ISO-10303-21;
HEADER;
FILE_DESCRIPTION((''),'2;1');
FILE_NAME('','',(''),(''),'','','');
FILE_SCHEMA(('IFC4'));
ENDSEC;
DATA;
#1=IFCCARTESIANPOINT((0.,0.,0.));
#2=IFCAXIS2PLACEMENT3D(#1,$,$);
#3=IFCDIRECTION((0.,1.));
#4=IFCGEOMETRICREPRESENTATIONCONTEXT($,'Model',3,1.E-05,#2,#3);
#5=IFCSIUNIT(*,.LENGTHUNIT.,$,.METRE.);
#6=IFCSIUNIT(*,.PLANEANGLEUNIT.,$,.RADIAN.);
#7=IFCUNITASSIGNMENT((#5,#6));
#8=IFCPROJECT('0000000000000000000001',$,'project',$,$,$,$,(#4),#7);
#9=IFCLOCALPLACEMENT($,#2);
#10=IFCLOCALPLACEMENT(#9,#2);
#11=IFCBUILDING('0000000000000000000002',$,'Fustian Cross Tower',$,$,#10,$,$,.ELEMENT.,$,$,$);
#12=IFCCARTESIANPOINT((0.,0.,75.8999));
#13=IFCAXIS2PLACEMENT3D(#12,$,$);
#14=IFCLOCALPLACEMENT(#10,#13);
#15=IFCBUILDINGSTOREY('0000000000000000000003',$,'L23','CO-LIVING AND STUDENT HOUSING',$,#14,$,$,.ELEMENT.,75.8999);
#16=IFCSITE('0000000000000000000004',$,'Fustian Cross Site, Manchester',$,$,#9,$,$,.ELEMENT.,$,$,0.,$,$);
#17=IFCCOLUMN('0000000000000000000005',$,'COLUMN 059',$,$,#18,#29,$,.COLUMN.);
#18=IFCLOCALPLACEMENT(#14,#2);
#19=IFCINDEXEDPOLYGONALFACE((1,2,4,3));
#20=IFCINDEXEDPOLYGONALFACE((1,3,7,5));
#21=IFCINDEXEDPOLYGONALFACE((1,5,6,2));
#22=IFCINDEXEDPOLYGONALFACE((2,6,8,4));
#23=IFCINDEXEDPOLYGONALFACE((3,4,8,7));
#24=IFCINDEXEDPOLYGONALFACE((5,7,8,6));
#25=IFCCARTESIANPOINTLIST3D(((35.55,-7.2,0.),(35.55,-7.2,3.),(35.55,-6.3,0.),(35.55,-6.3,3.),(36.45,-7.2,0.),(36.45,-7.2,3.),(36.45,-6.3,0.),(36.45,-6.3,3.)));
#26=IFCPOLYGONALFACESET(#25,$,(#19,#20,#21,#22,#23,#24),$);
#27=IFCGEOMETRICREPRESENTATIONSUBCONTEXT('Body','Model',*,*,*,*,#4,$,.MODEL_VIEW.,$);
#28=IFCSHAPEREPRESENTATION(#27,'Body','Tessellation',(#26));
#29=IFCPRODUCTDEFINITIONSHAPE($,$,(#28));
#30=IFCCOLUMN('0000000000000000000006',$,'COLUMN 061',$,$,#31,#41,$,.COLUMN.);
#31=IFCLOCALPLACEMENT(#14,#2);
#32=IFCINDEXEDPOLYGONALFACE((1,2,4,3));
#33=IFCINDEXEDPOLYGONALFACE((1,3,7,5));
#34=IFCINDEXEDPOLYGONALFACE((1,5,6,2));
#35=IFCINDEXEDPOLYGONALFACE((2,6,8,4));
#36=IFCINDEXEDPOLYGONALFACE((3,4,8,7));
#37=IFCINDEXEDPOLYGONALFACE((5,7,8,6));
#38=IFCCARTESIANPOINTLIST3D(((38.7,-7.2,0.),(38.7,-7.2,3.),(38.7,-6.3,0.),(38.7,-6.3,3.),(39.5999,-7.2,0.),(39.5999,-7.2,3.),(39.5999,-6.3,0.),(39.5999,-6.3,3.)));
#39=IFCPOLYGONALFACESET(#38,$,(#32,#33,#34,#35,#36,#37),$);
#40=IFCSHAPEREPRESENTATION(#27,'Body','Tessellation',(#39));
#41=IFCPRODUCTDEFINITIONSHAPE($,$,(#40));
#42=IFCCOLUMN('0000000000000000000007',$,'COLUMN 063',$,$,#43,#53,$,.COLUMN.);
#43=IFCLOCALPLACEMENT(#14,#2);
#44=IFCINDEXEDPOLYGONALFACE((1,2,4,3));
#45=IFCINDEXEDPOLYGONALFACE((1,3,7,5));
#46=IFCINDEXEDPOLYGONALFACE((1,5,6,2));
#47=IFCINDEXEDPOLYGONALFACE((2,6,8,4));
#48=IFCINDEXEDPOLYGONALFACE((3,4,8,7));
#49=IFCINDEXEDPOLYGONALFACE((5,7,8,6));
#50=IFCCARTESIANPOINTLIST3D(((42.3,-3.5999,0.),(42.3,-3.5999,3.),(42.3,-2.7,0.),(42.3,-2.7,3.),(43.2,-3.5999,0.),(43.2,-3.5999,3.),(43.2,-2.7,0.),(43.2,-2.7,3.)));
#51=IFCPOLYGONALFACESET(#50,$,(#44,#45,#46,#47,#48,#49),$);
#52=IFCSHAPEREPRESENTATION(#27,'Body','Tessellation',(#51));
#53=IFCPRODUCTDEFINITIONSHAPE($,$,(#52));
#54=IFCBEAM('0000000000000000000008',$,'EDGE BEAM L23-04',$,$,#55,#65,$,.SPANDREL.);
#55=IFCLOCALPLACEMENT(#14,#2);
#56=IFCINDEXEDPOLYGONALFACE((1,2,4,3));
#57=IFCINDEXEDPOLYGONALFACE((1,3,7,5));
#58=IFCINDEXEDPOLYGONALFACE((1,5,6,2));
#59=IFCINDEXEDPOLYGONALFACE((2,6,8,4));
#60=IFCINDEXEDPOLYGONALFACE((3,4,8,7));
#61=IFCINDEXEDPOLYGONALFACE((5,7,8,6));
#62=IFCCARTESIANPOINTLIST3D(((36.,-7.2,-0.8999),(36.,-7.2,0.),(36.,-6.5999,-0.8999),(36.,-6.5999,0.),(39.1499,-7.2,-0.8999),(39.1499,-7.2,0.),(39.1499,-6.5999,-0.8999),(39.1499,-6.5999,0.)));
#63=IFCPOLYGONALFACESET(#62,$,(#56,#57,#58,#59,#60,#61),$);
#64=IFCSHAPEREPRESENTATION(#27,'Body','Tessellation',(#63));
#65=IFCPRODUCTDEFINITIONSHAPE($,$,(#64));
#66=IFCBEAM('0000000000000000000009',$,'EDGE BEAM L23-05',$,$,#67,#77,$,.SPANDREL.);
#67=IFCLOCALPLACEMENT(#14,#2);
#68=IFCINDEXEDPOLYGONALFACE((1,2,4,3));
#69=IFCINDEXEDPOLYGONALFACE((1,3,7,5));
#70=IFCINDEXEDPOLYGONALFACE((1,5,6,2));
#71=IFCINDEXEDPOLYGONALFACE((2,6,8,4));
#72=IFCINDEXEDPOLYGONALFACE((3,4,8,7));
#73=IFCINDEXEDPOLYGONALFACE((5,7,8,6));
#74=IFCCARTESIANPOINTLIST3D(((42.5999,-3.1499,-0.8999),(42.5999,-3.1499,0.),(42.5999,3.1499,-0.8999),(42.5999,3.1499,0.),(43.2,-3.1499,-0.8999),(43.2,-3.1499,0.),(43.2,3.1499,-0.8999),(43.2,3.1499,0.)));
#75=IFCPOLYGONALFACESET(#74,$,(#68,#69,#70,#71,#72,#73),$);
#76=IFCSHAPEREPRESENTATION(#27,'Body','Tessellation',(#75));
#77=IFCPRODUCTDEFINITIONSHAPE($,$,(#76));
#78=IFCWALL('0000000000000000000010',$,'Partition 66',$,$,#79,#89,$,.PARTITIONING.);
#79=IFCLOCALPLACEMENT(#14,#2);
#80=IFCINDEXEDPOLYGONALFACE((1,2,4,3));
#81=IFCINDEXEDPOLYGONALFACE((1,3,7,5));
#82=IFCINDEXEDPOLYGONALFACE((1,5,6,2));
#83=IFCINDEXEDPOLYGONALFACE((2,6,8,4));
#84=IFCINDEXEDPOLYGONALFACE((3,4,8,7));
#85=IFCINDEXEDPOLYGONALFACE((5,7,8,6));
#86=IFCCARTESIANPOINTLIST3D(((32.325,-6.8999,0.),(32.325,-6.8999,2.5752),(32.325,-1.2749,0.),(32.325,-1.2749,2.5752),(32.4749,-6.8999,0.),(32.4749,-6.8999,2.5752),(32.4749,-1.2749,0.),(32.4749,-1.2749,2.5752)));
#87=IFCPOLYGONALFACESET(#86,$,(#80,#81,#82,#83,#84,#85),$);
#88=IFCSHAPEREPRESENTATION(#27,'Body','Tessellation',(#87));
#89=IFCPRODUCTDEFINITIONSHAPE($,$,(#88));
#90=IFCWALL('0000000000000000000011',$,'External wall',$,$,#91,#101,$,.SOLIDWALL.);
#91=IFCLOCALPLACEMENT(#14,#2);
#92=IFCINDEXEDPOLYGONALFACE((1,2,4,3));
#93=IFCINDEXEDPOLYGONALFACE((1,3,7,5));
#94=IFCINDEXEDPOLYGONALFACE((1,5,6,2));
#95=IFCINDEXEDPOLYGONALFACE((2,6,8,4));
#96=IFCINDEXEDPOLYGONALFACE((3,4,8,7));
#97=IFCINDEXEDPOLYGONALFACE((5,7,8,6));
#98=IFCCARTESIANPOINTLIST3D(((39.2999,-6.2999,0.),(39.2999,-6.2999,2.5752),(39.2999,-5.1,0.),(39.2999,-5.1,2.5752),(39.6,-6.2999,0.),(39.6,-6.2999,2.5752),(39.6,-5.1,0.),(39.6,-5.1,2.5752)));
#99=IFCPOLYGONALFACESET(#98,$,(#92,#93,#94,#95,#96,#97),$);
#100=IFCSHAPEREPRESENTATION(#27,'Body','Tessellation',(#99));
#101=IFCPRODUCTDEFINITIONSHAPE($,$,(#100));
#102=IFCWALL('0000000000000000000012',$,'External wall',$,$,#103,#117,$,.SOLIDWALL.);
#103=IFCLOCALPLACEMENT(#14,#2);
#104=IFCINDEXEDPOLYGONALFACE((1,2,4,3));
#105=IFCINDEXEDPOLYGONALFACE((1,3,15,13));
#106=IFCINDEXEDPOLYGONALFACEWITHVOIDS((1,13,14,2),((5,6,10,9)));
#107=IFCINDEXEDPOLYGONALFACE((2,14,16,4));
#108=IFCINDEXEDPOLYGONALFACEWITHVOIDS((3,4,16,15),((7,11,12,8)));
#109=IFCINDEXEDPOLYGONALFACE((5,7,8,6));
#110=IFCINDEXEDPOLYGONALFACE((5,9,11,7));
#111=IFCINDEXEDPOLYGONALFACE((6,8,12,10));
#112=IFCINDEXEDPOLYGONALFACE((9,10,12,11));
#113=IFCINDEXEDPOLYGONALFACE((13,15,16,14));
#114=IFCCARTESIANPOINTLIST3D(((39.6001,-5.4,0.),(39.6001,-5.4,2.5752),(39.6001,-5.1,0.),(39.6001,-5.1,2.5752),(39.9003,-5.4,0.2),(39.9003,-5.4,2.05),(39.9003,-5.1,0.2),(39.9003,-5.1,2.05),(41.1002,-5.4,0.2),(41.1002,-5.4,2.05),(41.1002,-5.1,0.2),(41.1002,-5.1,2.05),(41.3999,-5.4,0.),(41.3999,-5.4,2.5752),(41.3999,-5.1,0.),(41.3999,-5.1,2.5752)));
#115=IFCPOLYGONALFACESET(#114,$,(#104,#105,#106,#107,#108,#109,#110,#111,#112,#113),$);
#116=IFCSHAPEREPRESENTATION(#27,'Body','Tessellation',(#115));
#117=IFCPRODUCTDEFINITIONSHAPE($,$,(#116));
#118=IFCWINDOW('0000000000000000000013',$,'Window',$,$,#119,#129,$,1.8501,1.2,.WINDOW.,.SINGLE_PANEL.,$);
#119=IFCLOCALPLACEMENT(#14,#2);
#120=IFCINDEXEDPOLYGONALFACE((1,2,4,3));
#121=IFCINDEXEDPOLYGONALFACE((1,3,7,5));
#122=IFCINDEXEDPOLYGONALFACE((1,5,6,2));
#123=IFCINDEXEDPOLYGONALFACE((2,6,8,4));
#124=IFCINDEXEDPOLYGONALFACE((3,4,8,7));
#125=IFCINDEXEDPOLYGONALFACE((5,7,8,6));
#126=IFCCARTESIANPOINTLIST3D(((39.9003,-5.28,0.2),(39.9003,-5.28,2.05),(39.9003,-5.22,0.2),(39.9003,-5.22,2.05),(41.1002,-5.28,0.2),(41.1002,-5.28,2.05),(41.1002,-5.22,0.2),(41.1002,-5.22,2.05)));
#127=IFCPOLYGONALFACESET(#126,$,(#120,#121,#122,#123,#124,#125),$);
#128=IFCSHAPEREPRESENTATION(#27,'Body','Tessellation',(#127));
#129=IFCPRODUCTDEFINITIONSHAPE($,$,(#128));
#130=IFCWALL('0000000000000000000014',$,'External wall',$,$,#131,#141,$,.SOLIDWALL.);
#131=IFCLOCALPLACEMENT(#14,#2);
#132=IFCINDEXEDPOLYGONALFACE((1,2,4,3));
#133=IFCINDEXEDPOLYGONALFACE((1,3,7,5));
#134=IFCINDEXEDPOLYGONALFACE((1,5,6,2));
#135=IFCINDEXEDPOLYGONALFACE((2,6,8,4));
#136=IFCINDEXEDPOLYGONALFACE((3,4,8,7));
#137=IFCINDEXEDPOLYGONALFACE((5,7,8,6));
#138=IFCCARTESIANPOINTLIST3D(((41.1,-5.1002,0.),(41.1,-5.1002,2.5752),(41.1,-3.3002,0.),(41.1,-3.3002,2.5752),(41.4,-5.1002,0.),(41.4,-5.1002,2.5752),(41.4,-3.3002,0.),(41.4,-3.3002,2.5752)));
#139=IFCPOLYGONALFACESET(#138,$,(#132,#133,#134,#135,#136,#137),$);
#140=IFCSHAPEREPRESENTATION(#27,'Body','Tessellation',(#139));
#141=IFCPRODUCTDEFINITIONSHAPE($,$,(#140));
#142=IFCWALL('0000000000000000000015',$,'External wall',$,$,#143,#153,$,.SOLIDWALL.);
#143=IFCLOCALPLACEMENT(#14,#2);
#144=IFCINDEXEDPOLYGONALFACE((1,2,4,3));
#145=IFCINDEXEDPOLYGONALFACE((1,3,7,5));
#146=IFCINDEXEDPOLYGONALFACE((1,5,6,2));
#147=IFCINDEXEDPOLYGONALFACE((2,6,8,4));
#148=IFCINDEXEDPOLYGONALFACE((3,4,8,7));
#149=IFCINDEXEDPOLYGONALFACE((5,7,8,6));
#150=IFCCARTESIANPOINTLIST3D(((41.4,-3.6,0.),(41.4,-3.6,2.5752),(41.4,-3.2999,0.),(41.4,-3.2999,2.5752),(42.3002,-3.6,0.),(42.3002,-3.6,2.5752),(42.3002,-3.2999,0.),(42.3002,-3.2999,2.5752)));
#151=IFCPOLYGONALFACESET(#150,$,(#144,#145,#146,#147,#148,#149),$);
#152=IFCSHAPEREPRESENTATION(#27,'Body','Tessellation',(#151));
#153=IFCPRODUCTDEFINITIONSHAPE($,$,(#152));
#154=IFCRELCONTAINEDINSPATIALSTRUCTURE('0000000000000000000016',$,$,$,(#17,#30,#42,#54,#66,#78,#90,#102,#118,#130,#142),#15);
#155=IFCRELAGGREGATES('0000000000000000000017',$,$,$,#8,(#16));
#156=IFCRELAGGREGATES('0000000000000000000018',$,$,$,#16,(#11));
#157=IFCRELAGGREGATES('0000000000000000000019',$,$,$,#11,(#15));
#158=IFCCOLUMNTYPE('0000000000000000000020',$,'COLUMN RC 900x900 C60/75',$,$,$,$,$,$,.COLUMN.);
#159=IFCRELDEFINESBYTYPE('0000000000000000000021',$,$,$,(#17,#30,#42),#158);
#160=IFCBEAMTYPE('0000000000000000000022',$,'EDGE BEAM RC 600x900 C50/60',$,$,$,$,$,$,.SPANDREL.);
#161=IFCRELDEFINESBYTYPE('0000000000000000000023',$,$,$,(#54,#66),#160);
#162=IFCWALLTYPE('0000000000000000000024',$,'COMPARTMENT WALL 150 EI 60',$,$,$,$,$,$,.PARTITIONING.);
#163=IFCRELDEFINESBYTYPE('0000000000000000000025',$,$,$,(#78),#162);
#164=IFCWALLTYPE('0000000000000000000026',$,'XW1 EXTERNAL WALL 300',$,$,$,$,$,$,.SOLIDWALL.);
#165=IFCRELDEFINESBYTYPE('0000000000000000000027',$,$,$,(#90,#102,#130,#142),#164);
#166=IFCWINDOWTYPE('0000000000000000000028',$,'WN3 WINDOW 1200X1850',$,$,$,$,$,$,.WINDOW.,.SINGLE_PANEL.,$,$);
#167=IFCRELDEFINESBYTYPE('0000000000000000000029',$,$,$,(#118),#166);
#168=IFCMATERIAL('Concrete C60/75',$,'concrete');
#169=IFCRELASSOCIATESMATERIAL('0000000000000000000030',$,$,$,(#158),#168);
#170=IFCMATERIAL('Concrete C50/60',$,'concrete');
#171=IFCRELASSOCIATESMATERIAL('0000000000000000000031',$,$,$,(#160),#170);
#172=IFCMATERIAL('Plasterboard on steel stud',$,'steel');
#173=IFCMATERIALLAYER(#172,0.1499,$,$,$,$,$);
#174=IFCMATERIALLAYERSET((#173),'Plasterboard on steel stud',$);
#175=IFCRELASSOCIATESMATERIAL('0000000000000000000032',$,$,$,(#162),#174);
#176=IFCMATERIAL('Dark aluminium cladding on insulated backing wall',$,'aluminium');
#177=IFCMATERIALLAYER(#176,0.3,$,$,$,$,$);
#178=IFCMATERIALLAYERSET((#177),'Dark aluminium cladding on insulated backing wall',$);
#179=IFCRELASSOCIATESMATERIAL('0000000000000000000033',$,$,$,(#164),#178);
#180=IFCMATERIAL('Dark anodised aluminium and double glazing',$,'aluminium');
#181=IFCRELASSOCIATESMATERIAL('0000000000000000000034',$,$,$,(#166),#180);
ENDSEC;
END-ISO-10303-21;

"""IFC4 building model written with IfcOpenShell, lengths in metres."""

from ifc_helpers import new_model, si_unit, direction, frame, frame_2d, origin, origin_2d, place, context, subcontext, project, spatial, rectangle, extrude, material, layer, layer_set, material_profile, profile_set, type_object, element, fill, save


model = new_model("IFC4")

# Units and contexts
model_context = context("Model", 3, precision=1e-05, world=origin(), true_north=direction((0.0, 1.0)))
body_context = subcontext(model_context, "Body", "Model", "MODEL_VIEW")
ifc_project = project(units=[si_unit("LENGTHUNIT", "METRE"), si_unit("PLANEANGLEUNIT", "RADIAN")], contexts=[model_context])

# Site, building, storey
site_placement = place(None, origin())
site = spatial("IfcSite", under=ifc_project, at=site_placement, Name="Fustian Cross Site, Manchester", CompositionType="ELEMENT", RefElevation=0.0)
building_placement = place(site_placement, origin())
building = spatial("IfcBuilding", under=site, at=building_placement, Name="Fustian Cross Tower", CompositionType="ELEMENT")
storey_placement = place(building_placement, frame((0.0, 0.0, 75.8999)))
storey = spatial("IfcBuildingStorey", under=building, at=storey_placement, Name="L23", Description="CO-LIVING AND STUDENT HOUSING", CompositionType="ELEMENT", Elevation=75.8999)

# Columns
ifc_material_1 = material(Name="Concrete C60/75", Category="concrete")
ifc_material_profile_1 = material_profile(ifc_material_1, rectangle(XDim=0.8999, YDim=0.8999, at=origin_2d()), Name="RC 900x900")
ifc_profile_set_1 = profile_set([ifc_material_profile_1], Name="Concrete C60/75")
column_type = type_object("IfcColumnType", Name="COLUMN RC 900x900 C60/75", PredefinedType="COLUMN", material=ifc_profile_set_1)
for number, where, z_axis, x_axis, name in (
    (1, (36.0, -6.75, 0.0), (0.0, 0.0, 1.0), (1.0, 0.0, 0.0), "COLUMN 059"),
    (2, (39.1499, -6.75, 0.0), (0.0, 0.0, 1.0), (1.0, 0.0, 0.0), "COLUMN 061"),
    (3, (42.75, -3.1499, 0.0), (0.0, 0.0, 1.0), (1.0, 0.0, 0.0), "COLUMN 063"),
):
    element("IfcColumn", number, at=place(storey_placement, frame(where, z_axis=z_axis, x_axis=x_axis)), inside=storey, type_object=column_type, Name=name, PredefinedType="COLUMN", context=body_context, shape_type="SweptSolid", body=[
        extrude(rectangle(XDim=0.8999, YDim=0.8999, at=origin_2d()), origin(), (0.0, 0.0, 1.0), 3.0),
    ])

# Beams
ifc_material_2 = material(Name="Concrete C50/60", Category="concrete")
ifc_material_profile_2 = material_profile(ifc_material_2, rectangle(XDim=0.6001, YDim=0.8999, at=origin_2d()), Name="RC 600x900")
ifc_profile_set_2 = profile_set([ifc_material_profile_2], Name="Concrete C50/60")
beam_type = type_object("IfcBeamType", Name="EDGE BEAM RC 600x900 C50/60", PredefinedType="SPANDREL", material=ifc_profile_set_2)
beam_1_placement = place(storey_placement, frame((36.0, -6.8999, -0.45), z_axis=(1.0, 0.0, 0.0), x_axis=(0.0, 1.0, 0.0)))
element("IfcBeam", 4, at=beam_1_placement, inside=storey, type_object=beam_type, Name="EDGE BEAM L23-04", PredefinedType="SPANDREL", context=body_context, shape_type="SweptSolid", body=[
    extrude(rectangle(XDim=0.6001, YDim=0.8999, at=origin_2d()), origin(), (0.0, 0.0, 1.0), 3.1499),
])
beam_2_placement = place(storey_placement, frame((42.8999, -3.1499, -0.45), z_axis=(0.0, 1.0, 0.0), x_axis=(-1.0, 0.0, 0.0)))
element("IfcBeam", 5, at=beam_2_placement, inside=storey, type_object=beam_type, Name="EDGE BEAM L23-05", PredefinedType="SPANDREL", context=body_context, shape_type="SweptSolid", body=[
    extrude(rectangle(XDim=0.6001, YDim=0.8999, at=origin_2d()), origin(), (0.0, 0.0, 1.0), 6.2998),
])

# Walls
ifc_material_3 = material(Name="Plasterboard on steel stud", Category="steel")
ifc_layer_1 = layer(ifc_material_3, 0.1499)
ifc_layer_set_1 = layer_set([ifc_layer_1], Name="Plasterboard on steel stud")
wall_type_1 = type_object("IfcWallType", Name="COMPARTMENT WALL 150 EI 60", PredefinedType="PARTITIONING", material=ifc_layer_set_1)
wall_1_placement = place(storey_placement, frame((32.3999, -6.8999, 0.0), z_axis=(0.0, 0.0, 1.0), x_axis=(0.0, 1.0, 0.0)))
element("IfcWall", 6, at=wall_1_placement, inside=storey, type_object=wall_type_1, Name="Partition 66", PredefinedType="PARTITIONING", context=body_context, shape_type="SweptSolid", body=[
    extrude(rectangle(XDim=5.625, YDim=0.1499, at=frame_2d((2.8125, 0.0))), origin(), (0.0, 0.0, 1.0), 2.5752),
])
ifc_material_4 = material(Name="Dark aluminium cladding on insulated backing wall", Category="aluminium")
ifc_layer_2 = layer(ifc_material_4, 0.3)
ifc_layer_set_2 = layer_set([ifc_layer_2], Name="Dark aluminium cladding on insulated backing wall")
wall_type_2 = type_object("IfcWallType", Name="XW1 EXTERNAL WALL 300", PredefinedType="SOLIDWALL", material=ifc_layer_set_2)
wall_2_placement = place(storey_placement, frame((39.45, -6.3, 0.0), z_axis=(0.0, 0.0, 1.0), x_axis=(0.0, 1.0, 0.0)))
element("IfcWall", 7, at=wall_2_placement, inside=storey, type_object=wall_type_2, Name="External wall", PredefinedType="SOLIDWALL", context=body_context, shape_type="SweptSolid", body=[
    extrude(rectangle(XDim=1.2, YDim=0.3, at=frame_2d((0.6001, 0.0))), origin(), (0.0, 0.0, 1.0), 2.5752),
])

# Wall, opening, window
wall_3_placement = place(storey_placement, frame((39.6001, -5.25, 0.0), z_axis=(0.0, 0.0, 1.0), x_axis=(1.0, 0.0, 0.0)))
wall_3 = element("IfcWall", 8, at=wall_3_placement, inside=storey, type_object=wall_type_2, Name="External wall", PredefinedType="SOLIDWALL", context=body_context, shape_type="SweptSolid", body=[
    extrude(rectangle(XDim=1.7998, YDim=0.3, at=frame_2d((0.8999, 0.0))), origin(), (0.0, 0.0, 1.0), 2.5752),
])
opening_1_placement = place(wall_3_placement, frame((0.3, 0.0, 0.2)))
opening_1 = element("IfcOpeningElement", 9, at=opening_1_placement, cuts=wall_3, PredefinedType="OPENING", context=body_context, shape_type="SweptSolid", body=[
    extrude(rectangle(XDim=1.2, YDim=1.8501, at=frame_2d((0.6001, 0.925))), frame((0.0, 0.1599, 0.0), z_axis=(0.0, -1.0, 0.0), x_axis=(1.0, 0.0, 0.0)), (0.0, 0.0, 1.0), 0.3201),
])
ifc_material_5 = material(Name="Dark anodised aluminium and double glazing", Category="aluminium")
window_type_1 = type_object("IfcWindowType", Name="WN3 WINDOW 1200X1850", PartitioningType="SINGLE_PANEL", PredefinedType="WINDOW", material=ifc_material_5)
window_1_placement = place(opening_1_placement, origin())
window_1 = element("IfcWindow", 10, at=window_1_placement, inside=storey, type_object=window_type_1, Name="Window", OverallHeight=1.8501, OverallWidth=1.2, PartitioningType="SINGLE_PANEL", PredefinedType="WINDOW", context=body_context, shape_type="SweptSolid", body=[
    extrude(rectangle(XDim=1.2, YDim=1.8501, at=frame_2d((0.6001, 0.925))), frame((0.0, 0.03, 0.0), z_axis=(0.0, -1.0, 0.0), x_axis=(1.0, 0.0, 0.0)), (0.0, 0.0, 1.0), 0.0601),
])
fill(opening_1, window_1)

# Walls
wall_4_placement = place(storey_placement, frame((41.25, -5.1001, 0.0), z_axis=(0.0, 0.0, 1.0), x_axis=(0.0, 1.0, 0.0)))
element("IfcWall", 11, at=wall_4_placement, inside=storey, type_object=wall_type_2, Name="External wall", PredefinedType="SOLIDWALL", context=body_context, shape_type="SweptSolid", body=[
    extrude(rectangle(XDim=1.8, YDim=0.3, at=frame_2d((0.8999, 0.0))), origin(), (0.0, 0.0, 1.0), 2.5752),
])
wall_5_placement = place(storey_placement, frame((41.3999, -3.45, 0.0), z_axis=(0.0, 0.0, 1.0), x_axis=(1.0, 0.0, 0.0)))
element("IfcWall", 12, at=wall_5_placement, inside=storey, type_object=wall_type_2, Name="External wall", PredefinedType="SOLIDWALL", context=body_context, shape_type="SweptSolid", body=[
    extrude(rectangle(XDim=0.9001, YDim=0.3, at=frame_2d((0.4502, 0.0))), origin(), (0.0, 0.0, 1.0), 2.5752),
])

save(model, "model.ifc")
